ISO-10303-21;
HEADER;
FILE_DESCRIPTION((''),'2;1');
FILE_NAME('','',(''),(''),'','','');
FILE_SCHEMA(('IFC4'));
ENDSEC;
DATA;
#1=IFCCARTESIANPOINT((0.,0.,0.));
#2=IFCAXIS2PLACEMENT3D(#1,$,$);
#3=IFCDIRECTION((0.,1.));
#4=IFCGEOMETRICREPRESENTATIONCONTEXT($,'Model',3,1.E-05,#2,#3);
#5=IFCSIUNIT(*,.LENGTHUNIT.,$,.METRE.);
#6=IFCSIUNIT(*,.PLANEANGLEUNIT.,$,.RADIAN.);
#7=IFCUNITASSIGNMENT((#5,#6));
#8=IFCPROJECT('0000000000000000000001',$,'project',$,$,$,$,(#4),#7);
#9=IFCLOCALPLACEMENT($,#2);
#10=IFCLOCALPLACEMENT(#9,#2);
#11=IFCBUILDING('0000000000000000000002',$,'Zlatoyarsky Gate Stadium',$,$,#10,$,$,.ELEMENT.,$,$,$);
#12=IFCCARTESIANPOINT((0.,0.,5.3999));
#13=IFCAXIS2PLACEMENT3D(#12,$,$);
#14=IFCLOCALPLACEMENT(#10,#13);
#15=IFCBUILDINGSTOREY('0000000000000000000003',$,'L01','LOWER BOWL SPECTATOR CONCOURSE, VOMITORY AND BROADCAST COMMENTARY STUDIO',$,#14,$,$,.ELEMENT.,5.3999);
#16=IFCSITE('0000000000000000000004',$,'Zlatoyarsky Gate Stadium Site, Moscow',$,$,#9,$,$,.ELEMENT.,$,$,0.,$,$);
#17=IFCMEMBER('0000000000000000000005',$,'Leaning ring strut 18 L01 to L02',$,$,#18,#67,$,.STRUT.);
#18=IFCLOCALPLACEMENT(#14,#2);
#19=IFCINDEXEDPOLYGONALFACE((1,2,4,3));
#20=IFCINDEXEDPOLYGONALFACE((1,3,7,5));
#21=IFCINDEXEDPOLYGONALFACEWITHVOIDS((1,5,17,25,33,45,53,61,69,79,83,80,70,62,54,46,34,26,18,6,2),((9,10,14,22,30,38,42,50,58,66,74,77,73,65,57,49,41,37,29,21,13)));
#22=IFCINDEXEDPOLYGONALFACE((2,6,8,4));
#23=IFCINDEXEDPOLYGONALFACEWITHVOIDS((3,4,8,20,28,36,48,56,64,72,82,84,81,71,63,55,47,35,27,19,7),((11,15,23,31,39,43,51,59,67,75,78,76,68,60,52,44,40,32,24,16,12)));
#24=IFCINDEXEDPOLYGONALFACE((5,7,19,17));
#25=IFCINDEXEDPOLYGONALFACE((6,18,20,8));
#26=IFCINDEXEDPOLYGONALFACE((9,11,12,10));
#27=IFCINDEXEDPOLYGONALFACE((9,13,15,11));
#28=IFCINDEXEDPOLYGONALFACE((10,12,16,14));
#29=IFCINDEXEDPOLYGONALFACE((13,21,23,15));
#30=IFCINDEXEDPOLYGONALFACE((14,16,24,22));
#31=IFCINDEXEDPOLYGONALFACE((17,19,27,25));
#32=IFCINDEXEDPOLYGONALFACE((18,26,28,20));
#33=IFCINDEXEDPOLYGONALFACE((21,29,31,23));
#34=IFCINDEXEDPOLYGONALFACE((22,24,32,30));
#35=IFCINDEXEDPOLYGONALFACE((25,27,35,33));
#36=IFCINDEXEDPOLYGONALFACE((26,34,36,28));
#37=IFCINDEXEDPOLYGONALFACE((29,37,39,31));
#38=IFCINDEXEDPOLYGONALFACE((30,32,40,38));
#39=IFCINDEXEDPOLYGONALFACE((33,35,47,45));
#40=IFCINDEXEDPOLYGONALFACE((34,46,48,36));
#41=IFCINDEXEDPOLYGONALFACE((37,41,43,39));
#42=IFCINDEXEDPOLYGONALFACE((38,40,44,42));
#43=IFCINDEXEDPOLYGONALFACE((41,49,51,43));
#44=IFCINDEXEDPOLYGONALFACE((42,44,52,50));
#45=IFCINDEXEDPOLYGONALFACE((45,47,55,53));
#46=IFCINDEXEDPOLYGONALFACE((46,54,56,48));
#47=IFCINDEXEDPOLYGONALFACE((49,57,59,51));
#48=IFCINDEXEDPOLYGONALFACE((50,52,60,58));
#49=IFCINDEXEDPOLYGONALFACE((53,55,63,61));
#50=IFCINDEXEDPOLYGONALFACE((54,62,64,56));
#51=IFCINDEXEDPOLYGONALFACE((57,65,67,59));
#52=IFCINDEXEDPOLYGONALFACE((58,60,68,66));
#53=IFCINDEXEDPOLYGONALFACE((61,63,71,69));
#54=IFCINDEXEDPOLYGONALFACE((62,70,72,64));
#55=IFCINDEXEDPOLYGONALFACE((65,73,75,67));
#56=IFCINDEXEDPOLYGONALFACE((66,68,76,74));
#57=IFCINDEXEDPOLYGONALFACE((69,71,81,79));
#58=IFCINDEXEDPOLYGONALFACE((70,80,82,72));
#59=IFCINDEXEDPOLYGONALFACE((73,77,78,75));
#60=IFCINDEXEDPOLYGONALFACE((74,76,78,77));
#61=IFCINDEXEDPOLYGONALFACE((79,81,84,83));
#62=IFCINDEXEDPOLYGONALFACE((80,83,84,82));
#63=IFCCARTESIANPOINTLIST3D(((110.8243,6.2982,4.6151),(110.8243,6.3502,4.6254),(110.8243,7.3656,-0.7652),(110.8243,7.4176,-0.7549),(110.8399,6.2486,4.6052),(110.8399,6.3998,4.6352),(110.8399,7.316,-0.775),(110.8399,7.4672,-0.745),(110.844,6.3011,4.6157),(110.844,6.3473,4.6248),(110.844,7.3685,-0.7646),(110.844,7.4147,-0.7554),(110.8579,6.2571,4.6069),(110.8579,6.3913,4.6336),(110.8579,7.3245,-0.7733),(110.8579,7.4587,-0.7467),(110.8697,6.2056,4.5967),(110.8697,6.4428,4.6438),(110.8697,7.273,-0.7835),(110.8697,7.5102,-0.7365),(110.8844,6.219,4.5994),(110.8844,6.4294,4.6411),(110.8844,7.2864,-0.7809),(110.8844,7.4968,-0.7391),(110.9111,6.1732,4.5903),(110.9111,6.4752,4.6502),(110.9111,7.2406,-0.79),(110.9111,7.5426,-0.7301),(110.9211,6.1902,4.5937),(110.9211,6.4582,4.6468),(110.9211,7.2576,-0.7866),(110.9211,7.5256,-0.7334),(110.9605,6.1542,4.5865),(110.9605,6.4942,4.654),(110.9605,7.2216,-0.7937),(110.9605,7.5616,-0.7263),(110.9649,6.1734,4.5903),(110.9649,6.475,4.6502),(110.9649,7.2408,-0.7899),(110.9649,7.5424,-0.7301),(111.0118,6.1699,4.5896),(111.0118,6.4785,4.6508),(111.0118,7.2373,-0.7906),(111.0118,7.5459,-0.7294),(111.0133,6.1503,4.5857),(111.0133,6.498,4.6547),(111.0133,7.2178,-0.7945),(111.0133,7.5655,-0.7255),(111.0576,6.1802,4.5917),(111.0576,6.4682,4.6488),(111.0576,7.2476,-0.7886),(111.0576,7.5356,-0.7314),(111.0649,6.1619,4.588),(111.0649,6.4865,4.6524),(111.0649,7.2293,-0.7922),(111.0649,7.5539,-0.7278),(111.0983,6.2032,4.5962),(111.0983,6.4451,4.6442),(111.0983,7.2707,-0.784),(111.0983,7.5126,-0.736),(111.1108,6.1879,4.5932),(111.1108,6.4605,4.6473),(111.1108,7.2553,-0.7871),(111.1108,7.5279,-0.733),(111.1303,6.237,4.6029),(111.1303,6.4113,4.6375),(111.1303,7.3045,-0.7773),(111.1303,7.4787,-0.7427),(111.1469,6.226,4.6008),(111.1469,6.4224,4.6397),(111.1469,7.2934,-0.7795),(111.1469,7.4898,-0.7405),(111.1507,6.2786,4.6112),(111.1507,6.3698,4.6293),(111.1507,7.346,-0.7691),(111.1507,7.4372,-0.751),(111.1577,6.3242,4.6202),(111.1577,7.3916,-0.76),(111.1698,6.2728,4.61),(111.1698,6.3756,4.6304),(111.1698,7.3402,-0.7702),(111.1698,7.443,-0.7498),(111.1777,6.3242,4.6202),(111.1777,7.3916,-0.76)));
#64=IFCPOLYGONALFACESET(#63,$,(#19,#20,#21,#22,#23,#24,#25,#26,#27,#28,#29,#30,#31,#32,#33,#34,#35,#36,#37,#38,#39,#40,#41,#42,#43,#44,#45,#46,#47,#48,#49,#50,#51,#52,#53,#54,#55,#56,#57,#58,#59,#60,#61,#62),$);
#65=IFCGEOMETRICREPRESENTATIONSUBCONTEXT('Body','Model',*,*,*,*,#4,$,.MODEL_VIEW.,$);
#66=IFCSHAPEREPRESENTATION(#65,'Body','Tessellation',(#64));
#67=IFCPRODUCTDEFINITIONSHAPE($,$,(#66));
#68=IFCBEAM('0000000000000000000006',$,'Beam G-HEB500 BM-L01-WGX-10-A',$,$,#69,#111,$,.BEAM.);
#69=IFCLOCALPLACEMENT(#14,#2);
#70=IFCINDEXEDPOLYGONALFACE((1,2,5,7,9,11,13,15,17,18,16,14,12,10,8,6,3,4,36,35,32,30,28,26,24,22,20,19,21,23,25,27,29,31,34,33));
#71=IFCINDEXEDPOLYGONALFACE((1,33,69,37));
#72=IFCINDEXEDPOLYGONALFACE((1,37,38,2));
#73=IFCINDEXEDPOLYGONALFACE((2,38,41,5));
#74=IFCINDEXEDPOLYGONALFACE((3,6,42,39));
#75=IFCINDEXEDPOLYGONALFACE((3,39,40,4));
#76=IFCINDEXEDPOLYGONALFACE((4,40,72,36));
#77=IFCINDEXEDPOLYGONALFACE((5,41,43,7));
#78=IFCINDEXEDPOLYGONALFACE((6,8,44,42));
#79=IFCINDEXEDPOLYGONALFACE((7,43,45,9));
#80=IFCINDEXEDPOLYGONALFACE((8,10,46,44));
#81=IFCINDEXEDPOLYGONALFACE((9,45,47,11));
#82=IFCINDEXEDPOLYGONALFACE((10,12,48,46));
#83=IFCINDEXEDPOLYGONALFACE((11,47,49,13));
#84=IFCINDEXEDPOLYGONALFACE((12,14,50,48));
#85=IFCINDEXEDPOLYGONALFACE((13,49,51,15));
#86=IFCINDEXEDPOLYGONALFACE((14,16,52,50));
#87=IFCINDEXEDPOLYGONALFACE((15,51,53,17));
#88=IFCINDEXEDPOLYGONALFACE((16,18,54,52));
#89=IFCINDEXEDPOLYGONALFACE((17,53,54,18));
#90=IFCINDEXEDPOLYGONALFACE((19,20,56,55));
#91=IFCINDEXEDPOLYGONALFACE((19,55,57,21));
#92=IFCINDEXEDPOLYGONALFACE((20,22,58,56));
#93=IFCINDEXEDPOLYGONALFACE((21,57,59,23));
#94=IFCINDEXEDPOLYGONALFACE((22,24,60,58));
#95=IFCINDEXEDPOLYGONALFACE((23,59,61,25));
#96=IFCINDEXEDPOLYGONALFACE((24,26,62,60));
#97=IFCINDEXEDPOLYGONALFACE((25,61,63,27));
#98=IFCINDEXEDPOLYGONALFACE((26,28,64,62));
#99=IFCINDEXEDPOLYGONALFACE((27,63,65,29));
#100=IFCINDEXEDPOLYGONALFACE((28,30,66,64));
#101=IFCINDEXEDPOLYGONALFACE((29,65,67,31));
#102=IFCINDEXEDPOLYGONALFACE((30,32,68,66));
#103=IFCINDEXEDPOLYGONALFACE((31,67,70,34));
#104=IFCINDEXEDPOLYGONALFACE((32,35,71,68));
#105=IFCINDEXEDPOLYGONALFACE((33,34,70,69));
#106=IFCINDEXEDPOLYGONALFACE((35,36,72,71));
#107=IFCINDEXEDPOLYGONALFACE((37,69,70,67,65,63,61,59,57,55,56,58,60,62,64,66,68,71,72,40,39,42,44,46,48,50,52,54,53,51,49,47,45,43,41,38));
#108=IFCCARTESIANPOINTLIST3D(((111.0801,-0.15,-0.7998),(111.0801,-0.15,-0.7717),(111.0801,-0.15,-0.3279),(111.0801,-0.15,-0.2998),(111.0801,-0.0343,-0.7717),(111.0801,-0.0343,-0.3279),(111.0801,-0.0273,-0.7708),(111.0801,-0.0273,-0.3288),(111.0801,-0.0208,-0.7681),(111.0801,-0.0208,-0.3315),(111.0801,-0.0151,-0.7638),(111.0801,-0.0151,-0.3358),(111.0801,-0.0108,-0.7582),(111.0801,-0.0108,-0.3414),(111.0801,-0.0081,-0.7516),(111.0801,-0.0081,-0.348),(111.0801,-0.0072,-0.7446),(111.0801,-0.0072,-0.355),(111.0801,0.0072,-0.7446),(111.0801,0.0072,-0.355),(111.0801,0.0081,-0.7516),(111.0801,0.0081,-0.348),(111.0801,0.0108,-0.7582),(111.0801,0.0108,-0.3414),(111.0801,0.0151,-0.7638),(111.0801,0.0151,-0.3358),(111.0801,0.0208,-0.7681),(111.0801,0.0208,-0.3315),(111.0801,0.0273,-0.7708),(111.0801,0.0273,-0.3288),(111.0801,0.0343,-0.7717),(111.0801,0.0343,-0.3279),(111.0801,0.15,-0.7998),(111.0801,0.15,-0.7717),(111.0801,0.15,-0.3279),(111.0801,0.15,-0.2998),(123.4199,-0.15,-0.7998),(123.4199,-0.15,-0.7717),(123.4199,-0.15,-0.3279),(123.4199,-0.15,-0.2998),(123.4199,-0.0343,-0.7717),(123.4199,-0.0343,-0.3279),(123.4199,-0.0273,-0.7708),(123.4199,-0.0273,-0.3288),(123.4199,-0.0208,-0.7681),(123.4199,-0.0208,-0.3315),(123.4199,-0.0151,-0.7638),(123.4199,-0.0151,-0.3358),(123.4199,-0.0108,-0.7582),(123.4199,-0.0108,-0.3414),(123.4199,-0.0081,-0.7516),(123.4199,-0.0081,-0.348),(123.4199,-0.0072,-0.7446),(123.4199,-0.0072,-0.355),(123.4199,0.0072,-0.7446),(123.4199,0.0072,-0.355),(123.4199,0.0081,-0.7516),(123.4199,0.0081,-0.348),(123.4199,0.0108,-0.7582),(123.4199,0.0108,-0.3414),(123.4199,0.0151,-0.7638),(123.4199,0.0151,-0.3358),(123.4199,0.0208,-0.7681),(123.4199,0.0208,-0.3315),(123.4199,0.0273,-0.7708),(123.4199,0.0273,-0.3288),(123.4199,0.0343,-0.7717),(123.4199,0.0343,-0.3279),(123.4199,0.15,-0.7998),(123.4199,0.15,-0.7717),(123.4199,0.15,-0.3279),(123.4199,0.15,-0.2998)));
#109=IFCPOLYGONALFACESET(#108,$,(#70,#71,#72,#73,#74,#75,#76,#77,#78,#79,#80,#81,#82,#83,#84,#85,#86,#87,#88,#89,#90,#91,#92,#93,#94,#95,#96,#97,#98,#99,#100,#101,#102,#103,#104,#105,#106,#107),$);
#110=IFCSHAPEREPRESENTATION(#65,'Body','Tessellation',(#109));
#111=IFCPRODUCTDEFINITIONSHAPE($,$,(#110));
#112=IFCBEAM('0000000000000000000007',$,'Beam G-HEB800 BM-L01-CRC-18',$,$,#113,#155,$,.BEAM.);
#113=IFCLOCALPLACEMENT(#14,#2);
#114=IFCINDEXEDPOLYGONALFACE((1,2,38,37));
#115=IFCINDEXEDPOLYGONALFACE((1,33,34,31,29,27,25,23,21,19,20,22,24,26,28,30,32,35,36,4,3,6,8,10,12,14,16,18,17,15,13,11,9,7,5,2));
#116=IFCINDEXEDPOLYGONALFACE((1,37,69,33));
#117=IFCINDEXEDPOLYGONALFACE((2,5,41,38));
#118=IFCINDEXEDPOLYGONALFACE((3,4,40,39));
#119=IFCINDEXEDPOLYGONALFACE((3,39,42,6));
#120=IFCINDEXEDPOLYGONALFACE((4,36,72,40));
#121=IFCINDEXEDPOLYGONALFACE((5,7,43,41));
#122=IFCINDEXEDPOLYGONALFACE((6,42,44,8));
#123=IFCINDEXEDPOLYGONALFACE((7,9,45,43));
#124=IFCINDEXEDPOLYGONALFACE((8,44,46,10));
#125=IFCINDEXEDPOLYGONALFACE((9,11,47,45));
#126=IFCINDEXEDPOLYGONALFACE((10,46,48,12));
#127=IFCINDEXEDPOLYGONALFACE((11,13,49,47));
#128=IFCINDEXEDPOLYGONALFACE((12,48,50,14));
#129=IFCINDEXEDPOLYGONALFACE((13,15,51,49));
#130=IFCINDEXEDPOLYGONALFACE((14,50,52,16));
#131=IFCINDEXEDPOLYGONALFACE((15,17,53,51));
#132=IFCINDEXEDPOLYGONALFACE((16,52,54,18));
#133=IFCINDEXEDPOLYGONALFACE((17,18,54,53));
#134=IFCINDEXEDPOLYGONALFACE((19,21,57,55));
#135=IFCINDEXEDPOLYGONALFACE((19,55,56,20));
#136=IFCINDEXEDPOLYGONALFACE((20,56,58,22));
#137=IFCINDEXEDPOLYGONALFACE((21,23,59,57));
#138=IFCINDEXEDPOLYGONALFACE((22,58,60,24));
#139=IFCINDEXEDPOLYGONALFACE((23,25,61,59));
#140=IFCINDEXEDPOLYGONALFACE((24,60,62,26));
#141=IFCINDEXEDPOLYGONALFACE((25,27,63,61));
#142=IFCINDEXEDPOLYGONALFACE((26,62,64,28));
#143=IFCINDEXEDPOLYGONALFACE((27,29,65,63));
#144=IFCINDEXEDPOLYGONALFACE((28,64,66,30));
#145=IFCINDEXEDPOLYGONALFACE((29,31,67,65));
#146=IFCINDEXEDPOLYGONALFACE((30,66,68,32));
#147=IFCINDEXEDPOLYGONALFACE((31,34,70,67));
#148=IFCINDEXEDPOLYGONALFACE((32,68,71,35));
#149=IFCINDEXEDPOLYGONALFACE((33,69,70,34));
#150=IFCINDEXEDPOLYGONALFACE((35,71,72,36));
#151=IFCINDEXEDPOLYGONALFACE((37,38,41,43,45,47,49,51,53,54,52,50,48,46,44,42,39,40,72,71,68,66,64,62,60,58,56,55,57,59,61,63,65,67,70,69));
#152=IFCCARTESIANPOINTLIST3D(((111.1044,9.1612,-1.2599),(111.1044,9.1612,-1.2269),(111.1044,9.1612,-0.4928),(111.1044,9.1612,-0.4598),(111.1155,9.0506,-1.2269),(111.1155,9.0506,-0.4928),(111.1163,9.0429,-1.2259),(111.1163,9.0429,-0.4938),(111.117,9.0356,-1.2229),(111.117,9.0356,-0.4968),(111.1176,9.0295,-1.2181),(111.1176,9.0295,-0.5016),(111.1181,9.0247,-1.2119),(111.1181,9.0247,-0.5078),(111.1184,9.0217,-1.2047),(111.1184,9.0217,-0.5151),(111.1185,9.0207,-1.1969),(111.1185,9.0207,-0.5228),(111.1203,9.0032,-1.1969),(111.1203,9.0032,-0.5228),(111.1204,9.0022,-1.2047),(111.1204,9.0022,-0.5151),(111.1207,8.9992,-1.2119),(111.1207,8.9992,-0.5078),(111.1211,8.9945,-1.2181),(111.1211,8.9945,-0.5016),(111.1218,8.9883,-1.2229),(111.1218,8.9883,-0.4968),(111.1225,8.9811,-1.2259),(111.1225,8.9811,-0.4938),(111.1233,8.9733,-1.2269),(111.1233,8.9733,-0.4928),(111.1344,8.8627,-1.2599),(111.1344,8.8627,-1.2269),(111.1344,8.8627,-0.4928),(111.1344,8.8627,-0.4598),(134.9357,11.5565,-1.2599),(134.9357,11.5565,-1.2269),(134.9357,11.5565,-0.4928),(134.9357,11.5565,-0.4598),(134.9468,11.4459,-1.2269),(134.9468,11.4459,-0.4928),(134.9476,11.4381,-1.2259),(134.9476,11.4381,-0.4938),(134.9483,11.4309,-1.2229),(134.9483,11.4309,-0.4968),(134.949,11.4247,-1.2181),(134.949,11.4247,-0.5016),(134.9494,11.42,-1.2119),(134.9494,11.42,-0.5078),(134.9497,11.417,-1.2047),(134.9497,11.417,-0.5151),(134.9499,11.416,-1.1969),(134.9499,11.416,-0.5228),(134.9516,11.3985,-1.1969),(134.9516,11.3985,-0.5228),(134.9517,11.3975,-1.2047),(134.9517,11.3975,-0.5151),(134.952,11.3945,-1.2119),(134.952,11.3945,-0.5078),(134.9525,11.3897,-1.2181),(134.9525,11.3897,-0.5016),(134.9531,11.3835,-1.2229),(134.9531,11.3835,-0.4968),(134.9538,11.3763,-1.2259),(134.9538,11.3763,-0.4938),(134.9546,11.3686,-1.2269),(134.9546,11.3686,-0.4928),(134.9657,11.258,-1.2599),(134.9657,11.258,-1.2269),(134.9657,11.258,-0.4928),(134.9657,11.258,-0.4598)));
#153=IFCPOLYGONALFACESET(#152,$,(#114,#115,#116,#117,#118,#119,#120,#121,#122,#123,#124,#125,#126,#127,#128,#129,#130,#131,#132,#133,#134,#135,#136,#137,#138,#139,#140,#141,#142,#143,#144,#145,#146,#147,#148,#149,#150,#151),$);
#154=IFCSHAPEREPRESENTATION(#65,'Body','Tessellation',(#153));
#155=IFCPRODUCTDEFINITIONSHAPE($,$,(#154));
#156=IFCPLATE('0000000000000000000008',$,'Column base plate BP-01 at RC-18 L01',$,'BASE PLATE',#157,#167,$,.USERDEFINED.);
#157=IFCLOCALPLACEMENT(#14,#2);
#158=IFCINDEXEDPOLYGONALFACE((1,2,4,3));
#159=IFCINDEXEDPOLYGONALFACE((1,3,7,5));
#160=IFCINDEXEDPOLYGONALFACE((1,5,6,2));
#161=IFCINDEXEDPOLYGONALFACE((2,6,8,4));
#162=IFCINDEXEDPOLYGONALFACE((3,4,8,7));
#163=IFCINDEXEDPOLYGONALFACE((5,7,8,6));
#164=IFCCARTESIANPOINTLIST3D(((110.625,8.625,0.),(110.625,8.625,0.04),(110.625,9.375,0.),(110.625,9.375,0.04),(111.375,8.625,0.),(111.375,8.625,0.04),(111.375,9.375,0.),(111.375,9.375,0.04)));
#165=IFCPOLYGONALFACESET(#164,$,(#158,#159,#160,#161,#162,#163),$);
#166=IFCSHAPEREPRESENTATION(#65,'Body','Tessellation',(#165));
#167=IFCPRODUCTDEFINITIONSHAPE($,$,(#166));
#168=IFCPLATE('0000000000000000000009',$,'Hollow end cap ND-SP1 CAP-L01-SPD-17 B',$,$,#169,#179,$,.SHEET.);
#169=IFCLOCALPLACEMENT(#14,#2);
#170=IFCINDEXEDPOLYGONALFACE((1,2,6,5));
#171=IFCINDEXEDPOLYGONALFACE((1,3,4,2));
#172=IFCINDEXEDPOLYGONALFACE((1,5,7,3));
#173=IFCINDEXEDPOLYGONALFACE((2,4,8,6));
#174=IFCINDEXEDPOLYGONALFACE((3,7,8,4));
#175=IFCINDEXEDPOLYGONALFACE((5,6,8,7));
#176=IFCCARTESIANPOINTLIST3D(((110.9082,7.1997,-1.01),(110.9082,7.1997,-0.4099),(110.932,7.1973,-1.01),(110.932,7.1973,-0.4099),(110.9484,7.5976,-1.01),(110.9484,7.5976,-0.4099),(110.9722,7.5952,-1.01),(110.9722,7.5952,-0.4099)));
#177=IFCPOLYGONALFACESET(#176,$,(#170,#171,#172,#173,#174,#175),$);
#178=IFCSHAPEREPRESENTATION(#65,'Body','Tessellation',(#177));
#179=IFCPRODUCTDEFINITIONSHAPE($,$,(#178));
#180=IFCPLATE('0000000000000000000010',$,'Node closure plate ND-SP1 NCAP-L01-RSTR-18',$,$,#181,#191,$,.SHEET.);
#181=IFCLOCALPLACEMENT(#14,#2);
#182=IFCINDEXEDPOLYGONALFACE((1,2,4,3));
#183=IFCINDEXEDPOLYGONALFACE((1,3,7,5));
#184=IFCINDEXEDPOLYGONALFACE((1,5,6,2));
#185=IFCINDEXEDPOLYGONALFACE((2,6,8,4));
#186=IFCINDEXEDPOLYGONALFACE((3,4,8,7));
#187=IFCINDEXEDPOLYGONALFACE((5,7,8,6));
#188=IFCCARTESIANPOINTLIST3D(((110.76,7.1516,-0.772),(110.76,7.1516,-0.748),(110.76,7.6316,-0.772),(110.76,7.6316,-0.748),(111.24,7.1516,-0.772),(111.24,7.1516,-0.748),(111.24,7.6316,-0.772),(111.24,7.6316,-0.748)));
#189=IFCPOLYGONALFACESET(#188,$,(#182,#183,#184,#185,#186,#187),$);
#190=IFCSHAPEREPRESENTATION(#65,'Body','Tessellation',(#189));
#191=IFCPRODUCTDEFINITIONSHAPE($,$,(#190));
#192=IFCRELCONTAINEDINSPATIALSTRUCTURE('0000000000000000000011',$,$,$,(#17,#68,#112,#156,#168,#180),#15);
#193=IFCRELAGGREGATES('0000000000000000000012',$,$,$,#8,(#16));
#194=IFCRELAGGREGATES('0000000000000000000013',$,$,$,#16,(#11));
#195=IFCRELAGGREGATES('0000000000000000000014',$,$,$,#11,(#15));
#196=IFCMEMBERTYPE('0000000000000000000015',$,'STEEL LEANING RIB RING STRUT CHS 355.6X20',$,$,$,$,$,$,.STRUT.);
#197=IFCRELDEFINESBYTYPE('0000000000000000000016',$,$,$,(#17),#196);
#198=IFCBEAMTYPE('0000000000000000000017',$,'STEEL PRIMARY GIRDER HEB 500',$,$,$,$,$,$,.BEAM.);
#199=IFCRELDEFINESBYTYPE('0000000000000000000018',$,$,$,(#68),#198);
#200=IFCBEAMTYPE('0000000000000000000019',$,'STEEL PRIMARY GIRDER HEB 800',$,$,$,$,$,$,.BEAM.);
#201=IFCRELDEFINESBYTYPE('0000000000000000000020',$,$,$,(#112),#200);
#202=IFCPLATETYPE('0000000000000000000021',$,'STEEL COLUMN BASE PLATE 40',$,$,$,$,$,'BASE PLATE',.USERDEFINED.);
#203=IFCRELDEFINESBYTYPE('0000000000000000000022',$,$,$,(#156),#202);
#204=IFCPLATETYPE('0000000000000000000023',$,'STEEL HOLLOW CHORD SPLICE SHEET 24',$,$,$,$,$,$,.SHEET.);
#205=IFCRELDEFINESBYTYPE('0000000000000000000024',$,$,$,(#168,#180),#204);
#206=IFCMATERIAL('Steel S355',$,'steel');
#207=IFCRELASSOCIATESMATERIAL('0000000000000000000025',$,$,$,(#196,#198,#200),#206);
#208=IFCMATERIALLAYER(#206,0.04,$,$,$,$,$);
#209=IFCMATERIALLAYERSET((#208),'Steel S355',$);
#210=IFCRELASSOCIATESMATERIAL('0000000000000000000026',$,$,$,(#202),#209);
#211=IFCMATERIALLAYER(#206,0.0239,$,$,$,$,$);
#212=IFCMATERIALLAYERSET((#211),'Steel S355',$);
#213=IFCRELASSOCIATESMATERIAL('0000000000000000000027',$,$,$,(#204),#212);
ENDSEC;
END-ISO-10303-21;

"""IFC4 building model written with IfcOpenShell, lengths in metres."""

from ifc_helpers import new_model, si_unit, direction, frame, origin, origin_2d, place, context, subcontext, project, spatial, rectangle, hollow_circle, i_section, extrude, material, layer, layer_set, material_profile, profile_set, type_object, element, save


model = new_model("IFC4")

# Units and contexts
model_context = context("Model", 3, precision=1e-05, world=origin(), true_north=direction((0.0, 1.0)))
body_context = subcontext(model_context, "Body", "Model", "MODEL_VIEW")
ifc_project = project(units=[si_unit("LENGTHUNIT", "METRE"), si_unit("PLANEANGLEUNIT", "RADIAN")], contexts=[model_context])

# Site, building, storey
site_placement = place(None, origin())
site = spatial("IfcSite", under=ifc_project, at=site_placement, Name="Zlatoyarsky Gate Stadium Site, Moscow", CompositionType="ELEMENT", RefElevation=0.0)
building_placement = place(site_placement, origin())
building = spatial("IfcBuilding", under=site, at=building_placement, Name="Zlatoyarsky Gate Stadium", CompositionType="ELEMENT")
storey_placement = place(building_placement, frame((0.0, 0.0, 5.3999)))
storey = spatial("IfcBuildingStorey", under=building, at=storey_placement, Name="L01", Description="LOWER BOWL SPECTATOR CONCOURSE, VOMITORY AND BROADCAST COMMENTARY STUDIO", CompositionType="ELEMENT", Elevation=5.3999)

# Shared definitions
ifc_material_1 = material(Name="Steel S355", Category="steel")

# Member
ifc_material_profile_1 = material_profile(ifc_material_1, hollow_circle(Radius=0.1777, WallThickness=0.02, at=origin_2d()), Name="CHS 355.6X20")
ifc_profile_set_1 = profile_set([ifc_material_profile_1], Name="Steel S355")
member_type_1 = type_object("IfcMemberType", Name="STEEL LEANING RIB RING STRUT CHS 355.6X20", PredefinedType="STRUT", material=ifc_profile_set_1)
member_1_placement = place(storey_placement, frame((111.0, 7.3916, -0.76), z_axis=(0.0, -0.194601, 0.980883), x_axis=(1.0, 0.0, 0.0)))
element("IfcMember", 1, at=member_1_placement, inside=storey, type_object=member_type_1, Name="Leaning ring strut 18 L01 to L02", PredefinedType="STRUT", context=body_context, shape_type="SweptSolid", body=[
    extrude(hollow_circle(Radius=0.1777, WallThickness=0.02, at=origin_2d()), origin(), (0.0, 0.0, 1.0), 5.4851),
])

# Beams
ifc_material_profile_2 = material_profile(ifc_material_1, i_section(OverallWidth=0.3, OverallDepth=0.5, WebThickness=0.0144, FlangeThickness=0.0281, FilletRadius=0.0271, at=origin_2d()), Name="HEB 500")
ifc_profile_set_2 = profile_set([ifc_material_profile_2], Name="Steel S355")
beam_type_1 = type_object("IfcBeamType", Name="STEEL PRIMARY GIRDER HEB 500", PredefinedType="BEAM", material=ifc_profile_set_2)
beam_1_placement = place(storey_placement, frame((111.0801, 0.0, -0.5498), z_axis=(1.0, 0.0, 0.0), x_axis=(0.0, 1.0, 0.0)))
element("IfcBeam", 2, at=beam_1_placement, inside=storey, type_object=beam_type_1, Name="Beam G-HEB500 BM-L01-WGX-10-A", PredefinedType="BEAM", context=body_context, shape_type="SweptSolid", body=[
    extrude(i_section(OverallWidth=0.3, OverallDepth=0.5, WebThickness=0.0144, FlangeThickness=0.0281, FilletRadius=0.0271, at=origin_2d()), origin(), (0.0, 0.0, 1.0), 12.3398),
])
ifc_material_profile_3 = material_profile(ifc_material_1, i_section(OverallWidth=0.3, OverallDepth=0.8, WebThickness=0.0176, FlangeThickness=0.033, FilletRadius=0.03, at=origin_2d()), Name="HEB 800")
ifc_profile_set_3 = profile_set([ifc_material_profile_3], Name="Steel S355")
beam_type_2 = type_object("IfcBeamType", Name="STEEL PRIMARY GIRDER HEB 800", PredefinedType="BEAM", material=ifc_profile_set_3)
beam_2_placement = place(storey_placement, frame((111.1194, 9.012, -0.8599), z_axis=(0.994987, 0.100005, 0.0), x_axis=(-0.100005, 0.994987, 0.0)))
element("IfcBeam", 3, at=beam_2_placement, inside=storey, type_object=beam_type_2, Name="Beam G-HEB800 BM-L01-CRC-18", PredefinedType="BEAM", context=body_context, shape_type="SweptSolid", body=[
    extrude(i_section(OverallWidth=0.3, OverallDepth=0.8, WebThickness=0.0176, FlangeThickness=0.033, FilletRadius=0.03, at=origin_2d()), origin(), (0.0, 0.0, 1.0), 23.9514),
])

# Plates
ifc_layer_1 = layer(ifc_material_1, 0.04)
ifc_layer_set_1 = layer_set([ifc_layer_1], Name="Steel S355")
plate_type_1 = type_object("IfcPlateType", Name="STEEL COLUMN BASE PLATE 40", ElementType="BASE PLATE", PredefinedType="USERDEFINED", material=ifc_layer_set_1)
plate_1_placement = place(storey_placement, frame((111.0, 9.0, 0.0), z_axis=(0.0, 0.0, 1.0), x_axis=(1.0, 0.0, 0.0)))
element("IfcPlate", 4, at=plate_1_placement, inside=storey, type_object=plate_type_1, Name="Column base plate BP-01 at RC-18 L01", ObjectType="BASE PLATE", PredefinedType="USERDEFINED", context=body_context, shape_type="SweptSolid", body=[
    extrude(rectangle(XDim=0.75, YDim=0.75, at=origin_2d()), origin(), (0.0, 0.0, 1.0), 0.04),
])
ifc_layer_2 = layer(ifc_material_1, 0.0239)
ifc_layer_set_2 = layer_set([ifc_layer_2], Name="Steel S355")
plate_type_2 = type_object("IfcPlateType", Name="STEEL HOLLOW CHORD SPLICE SHEET 24", PredefinedType="SHEET", material=ifc_layer_set_2)
plate_2_placement = place(storey_placement, frame((110.9402, 7.3975, -1.01), z_axis=(0.0, 0.0, 1.0), x_axis=(0.994934, -0.100528, 0.0)))
element("IfcPlate", 5, at=plate_2_placement, inside=storey, type_object=plate_type_2, Name="Hollow end cap ND-SP1 CAP-L01-SPD-17 B", PredefinedType="SHEET", context=body_context, shape_type="SweptSolid", body=[
    extrude(rectangle(XDim=0.0239, YDim=0.3999, at=origin_2d()), origin(), (0.0, 0.0, 1.0), 0.6001),
])
plate_3_placement = place(storey_placement, frame((111.0, 7.3916, -0.772), z_axis=(0.0, 0.0, 1.0), x_axis=(1.0, 0.0, 0.0)))
element("IfcPlate", 6, at=plate_3_placement, inside=storey, type_object=plate_type_2, Name="Node closure plate ND-SP1 NCAP-L01-RSTR-18", PredefinedType="SHEET", context=body_context, shape_type="SweptSolid", body=[
    extrude(rectangle(XDim=0.48, YDim=0.48, at=origin_2d()), origin(), (0.0, 0.0, 1.0), 0.0239),
])

save(model, "model.ifc")
